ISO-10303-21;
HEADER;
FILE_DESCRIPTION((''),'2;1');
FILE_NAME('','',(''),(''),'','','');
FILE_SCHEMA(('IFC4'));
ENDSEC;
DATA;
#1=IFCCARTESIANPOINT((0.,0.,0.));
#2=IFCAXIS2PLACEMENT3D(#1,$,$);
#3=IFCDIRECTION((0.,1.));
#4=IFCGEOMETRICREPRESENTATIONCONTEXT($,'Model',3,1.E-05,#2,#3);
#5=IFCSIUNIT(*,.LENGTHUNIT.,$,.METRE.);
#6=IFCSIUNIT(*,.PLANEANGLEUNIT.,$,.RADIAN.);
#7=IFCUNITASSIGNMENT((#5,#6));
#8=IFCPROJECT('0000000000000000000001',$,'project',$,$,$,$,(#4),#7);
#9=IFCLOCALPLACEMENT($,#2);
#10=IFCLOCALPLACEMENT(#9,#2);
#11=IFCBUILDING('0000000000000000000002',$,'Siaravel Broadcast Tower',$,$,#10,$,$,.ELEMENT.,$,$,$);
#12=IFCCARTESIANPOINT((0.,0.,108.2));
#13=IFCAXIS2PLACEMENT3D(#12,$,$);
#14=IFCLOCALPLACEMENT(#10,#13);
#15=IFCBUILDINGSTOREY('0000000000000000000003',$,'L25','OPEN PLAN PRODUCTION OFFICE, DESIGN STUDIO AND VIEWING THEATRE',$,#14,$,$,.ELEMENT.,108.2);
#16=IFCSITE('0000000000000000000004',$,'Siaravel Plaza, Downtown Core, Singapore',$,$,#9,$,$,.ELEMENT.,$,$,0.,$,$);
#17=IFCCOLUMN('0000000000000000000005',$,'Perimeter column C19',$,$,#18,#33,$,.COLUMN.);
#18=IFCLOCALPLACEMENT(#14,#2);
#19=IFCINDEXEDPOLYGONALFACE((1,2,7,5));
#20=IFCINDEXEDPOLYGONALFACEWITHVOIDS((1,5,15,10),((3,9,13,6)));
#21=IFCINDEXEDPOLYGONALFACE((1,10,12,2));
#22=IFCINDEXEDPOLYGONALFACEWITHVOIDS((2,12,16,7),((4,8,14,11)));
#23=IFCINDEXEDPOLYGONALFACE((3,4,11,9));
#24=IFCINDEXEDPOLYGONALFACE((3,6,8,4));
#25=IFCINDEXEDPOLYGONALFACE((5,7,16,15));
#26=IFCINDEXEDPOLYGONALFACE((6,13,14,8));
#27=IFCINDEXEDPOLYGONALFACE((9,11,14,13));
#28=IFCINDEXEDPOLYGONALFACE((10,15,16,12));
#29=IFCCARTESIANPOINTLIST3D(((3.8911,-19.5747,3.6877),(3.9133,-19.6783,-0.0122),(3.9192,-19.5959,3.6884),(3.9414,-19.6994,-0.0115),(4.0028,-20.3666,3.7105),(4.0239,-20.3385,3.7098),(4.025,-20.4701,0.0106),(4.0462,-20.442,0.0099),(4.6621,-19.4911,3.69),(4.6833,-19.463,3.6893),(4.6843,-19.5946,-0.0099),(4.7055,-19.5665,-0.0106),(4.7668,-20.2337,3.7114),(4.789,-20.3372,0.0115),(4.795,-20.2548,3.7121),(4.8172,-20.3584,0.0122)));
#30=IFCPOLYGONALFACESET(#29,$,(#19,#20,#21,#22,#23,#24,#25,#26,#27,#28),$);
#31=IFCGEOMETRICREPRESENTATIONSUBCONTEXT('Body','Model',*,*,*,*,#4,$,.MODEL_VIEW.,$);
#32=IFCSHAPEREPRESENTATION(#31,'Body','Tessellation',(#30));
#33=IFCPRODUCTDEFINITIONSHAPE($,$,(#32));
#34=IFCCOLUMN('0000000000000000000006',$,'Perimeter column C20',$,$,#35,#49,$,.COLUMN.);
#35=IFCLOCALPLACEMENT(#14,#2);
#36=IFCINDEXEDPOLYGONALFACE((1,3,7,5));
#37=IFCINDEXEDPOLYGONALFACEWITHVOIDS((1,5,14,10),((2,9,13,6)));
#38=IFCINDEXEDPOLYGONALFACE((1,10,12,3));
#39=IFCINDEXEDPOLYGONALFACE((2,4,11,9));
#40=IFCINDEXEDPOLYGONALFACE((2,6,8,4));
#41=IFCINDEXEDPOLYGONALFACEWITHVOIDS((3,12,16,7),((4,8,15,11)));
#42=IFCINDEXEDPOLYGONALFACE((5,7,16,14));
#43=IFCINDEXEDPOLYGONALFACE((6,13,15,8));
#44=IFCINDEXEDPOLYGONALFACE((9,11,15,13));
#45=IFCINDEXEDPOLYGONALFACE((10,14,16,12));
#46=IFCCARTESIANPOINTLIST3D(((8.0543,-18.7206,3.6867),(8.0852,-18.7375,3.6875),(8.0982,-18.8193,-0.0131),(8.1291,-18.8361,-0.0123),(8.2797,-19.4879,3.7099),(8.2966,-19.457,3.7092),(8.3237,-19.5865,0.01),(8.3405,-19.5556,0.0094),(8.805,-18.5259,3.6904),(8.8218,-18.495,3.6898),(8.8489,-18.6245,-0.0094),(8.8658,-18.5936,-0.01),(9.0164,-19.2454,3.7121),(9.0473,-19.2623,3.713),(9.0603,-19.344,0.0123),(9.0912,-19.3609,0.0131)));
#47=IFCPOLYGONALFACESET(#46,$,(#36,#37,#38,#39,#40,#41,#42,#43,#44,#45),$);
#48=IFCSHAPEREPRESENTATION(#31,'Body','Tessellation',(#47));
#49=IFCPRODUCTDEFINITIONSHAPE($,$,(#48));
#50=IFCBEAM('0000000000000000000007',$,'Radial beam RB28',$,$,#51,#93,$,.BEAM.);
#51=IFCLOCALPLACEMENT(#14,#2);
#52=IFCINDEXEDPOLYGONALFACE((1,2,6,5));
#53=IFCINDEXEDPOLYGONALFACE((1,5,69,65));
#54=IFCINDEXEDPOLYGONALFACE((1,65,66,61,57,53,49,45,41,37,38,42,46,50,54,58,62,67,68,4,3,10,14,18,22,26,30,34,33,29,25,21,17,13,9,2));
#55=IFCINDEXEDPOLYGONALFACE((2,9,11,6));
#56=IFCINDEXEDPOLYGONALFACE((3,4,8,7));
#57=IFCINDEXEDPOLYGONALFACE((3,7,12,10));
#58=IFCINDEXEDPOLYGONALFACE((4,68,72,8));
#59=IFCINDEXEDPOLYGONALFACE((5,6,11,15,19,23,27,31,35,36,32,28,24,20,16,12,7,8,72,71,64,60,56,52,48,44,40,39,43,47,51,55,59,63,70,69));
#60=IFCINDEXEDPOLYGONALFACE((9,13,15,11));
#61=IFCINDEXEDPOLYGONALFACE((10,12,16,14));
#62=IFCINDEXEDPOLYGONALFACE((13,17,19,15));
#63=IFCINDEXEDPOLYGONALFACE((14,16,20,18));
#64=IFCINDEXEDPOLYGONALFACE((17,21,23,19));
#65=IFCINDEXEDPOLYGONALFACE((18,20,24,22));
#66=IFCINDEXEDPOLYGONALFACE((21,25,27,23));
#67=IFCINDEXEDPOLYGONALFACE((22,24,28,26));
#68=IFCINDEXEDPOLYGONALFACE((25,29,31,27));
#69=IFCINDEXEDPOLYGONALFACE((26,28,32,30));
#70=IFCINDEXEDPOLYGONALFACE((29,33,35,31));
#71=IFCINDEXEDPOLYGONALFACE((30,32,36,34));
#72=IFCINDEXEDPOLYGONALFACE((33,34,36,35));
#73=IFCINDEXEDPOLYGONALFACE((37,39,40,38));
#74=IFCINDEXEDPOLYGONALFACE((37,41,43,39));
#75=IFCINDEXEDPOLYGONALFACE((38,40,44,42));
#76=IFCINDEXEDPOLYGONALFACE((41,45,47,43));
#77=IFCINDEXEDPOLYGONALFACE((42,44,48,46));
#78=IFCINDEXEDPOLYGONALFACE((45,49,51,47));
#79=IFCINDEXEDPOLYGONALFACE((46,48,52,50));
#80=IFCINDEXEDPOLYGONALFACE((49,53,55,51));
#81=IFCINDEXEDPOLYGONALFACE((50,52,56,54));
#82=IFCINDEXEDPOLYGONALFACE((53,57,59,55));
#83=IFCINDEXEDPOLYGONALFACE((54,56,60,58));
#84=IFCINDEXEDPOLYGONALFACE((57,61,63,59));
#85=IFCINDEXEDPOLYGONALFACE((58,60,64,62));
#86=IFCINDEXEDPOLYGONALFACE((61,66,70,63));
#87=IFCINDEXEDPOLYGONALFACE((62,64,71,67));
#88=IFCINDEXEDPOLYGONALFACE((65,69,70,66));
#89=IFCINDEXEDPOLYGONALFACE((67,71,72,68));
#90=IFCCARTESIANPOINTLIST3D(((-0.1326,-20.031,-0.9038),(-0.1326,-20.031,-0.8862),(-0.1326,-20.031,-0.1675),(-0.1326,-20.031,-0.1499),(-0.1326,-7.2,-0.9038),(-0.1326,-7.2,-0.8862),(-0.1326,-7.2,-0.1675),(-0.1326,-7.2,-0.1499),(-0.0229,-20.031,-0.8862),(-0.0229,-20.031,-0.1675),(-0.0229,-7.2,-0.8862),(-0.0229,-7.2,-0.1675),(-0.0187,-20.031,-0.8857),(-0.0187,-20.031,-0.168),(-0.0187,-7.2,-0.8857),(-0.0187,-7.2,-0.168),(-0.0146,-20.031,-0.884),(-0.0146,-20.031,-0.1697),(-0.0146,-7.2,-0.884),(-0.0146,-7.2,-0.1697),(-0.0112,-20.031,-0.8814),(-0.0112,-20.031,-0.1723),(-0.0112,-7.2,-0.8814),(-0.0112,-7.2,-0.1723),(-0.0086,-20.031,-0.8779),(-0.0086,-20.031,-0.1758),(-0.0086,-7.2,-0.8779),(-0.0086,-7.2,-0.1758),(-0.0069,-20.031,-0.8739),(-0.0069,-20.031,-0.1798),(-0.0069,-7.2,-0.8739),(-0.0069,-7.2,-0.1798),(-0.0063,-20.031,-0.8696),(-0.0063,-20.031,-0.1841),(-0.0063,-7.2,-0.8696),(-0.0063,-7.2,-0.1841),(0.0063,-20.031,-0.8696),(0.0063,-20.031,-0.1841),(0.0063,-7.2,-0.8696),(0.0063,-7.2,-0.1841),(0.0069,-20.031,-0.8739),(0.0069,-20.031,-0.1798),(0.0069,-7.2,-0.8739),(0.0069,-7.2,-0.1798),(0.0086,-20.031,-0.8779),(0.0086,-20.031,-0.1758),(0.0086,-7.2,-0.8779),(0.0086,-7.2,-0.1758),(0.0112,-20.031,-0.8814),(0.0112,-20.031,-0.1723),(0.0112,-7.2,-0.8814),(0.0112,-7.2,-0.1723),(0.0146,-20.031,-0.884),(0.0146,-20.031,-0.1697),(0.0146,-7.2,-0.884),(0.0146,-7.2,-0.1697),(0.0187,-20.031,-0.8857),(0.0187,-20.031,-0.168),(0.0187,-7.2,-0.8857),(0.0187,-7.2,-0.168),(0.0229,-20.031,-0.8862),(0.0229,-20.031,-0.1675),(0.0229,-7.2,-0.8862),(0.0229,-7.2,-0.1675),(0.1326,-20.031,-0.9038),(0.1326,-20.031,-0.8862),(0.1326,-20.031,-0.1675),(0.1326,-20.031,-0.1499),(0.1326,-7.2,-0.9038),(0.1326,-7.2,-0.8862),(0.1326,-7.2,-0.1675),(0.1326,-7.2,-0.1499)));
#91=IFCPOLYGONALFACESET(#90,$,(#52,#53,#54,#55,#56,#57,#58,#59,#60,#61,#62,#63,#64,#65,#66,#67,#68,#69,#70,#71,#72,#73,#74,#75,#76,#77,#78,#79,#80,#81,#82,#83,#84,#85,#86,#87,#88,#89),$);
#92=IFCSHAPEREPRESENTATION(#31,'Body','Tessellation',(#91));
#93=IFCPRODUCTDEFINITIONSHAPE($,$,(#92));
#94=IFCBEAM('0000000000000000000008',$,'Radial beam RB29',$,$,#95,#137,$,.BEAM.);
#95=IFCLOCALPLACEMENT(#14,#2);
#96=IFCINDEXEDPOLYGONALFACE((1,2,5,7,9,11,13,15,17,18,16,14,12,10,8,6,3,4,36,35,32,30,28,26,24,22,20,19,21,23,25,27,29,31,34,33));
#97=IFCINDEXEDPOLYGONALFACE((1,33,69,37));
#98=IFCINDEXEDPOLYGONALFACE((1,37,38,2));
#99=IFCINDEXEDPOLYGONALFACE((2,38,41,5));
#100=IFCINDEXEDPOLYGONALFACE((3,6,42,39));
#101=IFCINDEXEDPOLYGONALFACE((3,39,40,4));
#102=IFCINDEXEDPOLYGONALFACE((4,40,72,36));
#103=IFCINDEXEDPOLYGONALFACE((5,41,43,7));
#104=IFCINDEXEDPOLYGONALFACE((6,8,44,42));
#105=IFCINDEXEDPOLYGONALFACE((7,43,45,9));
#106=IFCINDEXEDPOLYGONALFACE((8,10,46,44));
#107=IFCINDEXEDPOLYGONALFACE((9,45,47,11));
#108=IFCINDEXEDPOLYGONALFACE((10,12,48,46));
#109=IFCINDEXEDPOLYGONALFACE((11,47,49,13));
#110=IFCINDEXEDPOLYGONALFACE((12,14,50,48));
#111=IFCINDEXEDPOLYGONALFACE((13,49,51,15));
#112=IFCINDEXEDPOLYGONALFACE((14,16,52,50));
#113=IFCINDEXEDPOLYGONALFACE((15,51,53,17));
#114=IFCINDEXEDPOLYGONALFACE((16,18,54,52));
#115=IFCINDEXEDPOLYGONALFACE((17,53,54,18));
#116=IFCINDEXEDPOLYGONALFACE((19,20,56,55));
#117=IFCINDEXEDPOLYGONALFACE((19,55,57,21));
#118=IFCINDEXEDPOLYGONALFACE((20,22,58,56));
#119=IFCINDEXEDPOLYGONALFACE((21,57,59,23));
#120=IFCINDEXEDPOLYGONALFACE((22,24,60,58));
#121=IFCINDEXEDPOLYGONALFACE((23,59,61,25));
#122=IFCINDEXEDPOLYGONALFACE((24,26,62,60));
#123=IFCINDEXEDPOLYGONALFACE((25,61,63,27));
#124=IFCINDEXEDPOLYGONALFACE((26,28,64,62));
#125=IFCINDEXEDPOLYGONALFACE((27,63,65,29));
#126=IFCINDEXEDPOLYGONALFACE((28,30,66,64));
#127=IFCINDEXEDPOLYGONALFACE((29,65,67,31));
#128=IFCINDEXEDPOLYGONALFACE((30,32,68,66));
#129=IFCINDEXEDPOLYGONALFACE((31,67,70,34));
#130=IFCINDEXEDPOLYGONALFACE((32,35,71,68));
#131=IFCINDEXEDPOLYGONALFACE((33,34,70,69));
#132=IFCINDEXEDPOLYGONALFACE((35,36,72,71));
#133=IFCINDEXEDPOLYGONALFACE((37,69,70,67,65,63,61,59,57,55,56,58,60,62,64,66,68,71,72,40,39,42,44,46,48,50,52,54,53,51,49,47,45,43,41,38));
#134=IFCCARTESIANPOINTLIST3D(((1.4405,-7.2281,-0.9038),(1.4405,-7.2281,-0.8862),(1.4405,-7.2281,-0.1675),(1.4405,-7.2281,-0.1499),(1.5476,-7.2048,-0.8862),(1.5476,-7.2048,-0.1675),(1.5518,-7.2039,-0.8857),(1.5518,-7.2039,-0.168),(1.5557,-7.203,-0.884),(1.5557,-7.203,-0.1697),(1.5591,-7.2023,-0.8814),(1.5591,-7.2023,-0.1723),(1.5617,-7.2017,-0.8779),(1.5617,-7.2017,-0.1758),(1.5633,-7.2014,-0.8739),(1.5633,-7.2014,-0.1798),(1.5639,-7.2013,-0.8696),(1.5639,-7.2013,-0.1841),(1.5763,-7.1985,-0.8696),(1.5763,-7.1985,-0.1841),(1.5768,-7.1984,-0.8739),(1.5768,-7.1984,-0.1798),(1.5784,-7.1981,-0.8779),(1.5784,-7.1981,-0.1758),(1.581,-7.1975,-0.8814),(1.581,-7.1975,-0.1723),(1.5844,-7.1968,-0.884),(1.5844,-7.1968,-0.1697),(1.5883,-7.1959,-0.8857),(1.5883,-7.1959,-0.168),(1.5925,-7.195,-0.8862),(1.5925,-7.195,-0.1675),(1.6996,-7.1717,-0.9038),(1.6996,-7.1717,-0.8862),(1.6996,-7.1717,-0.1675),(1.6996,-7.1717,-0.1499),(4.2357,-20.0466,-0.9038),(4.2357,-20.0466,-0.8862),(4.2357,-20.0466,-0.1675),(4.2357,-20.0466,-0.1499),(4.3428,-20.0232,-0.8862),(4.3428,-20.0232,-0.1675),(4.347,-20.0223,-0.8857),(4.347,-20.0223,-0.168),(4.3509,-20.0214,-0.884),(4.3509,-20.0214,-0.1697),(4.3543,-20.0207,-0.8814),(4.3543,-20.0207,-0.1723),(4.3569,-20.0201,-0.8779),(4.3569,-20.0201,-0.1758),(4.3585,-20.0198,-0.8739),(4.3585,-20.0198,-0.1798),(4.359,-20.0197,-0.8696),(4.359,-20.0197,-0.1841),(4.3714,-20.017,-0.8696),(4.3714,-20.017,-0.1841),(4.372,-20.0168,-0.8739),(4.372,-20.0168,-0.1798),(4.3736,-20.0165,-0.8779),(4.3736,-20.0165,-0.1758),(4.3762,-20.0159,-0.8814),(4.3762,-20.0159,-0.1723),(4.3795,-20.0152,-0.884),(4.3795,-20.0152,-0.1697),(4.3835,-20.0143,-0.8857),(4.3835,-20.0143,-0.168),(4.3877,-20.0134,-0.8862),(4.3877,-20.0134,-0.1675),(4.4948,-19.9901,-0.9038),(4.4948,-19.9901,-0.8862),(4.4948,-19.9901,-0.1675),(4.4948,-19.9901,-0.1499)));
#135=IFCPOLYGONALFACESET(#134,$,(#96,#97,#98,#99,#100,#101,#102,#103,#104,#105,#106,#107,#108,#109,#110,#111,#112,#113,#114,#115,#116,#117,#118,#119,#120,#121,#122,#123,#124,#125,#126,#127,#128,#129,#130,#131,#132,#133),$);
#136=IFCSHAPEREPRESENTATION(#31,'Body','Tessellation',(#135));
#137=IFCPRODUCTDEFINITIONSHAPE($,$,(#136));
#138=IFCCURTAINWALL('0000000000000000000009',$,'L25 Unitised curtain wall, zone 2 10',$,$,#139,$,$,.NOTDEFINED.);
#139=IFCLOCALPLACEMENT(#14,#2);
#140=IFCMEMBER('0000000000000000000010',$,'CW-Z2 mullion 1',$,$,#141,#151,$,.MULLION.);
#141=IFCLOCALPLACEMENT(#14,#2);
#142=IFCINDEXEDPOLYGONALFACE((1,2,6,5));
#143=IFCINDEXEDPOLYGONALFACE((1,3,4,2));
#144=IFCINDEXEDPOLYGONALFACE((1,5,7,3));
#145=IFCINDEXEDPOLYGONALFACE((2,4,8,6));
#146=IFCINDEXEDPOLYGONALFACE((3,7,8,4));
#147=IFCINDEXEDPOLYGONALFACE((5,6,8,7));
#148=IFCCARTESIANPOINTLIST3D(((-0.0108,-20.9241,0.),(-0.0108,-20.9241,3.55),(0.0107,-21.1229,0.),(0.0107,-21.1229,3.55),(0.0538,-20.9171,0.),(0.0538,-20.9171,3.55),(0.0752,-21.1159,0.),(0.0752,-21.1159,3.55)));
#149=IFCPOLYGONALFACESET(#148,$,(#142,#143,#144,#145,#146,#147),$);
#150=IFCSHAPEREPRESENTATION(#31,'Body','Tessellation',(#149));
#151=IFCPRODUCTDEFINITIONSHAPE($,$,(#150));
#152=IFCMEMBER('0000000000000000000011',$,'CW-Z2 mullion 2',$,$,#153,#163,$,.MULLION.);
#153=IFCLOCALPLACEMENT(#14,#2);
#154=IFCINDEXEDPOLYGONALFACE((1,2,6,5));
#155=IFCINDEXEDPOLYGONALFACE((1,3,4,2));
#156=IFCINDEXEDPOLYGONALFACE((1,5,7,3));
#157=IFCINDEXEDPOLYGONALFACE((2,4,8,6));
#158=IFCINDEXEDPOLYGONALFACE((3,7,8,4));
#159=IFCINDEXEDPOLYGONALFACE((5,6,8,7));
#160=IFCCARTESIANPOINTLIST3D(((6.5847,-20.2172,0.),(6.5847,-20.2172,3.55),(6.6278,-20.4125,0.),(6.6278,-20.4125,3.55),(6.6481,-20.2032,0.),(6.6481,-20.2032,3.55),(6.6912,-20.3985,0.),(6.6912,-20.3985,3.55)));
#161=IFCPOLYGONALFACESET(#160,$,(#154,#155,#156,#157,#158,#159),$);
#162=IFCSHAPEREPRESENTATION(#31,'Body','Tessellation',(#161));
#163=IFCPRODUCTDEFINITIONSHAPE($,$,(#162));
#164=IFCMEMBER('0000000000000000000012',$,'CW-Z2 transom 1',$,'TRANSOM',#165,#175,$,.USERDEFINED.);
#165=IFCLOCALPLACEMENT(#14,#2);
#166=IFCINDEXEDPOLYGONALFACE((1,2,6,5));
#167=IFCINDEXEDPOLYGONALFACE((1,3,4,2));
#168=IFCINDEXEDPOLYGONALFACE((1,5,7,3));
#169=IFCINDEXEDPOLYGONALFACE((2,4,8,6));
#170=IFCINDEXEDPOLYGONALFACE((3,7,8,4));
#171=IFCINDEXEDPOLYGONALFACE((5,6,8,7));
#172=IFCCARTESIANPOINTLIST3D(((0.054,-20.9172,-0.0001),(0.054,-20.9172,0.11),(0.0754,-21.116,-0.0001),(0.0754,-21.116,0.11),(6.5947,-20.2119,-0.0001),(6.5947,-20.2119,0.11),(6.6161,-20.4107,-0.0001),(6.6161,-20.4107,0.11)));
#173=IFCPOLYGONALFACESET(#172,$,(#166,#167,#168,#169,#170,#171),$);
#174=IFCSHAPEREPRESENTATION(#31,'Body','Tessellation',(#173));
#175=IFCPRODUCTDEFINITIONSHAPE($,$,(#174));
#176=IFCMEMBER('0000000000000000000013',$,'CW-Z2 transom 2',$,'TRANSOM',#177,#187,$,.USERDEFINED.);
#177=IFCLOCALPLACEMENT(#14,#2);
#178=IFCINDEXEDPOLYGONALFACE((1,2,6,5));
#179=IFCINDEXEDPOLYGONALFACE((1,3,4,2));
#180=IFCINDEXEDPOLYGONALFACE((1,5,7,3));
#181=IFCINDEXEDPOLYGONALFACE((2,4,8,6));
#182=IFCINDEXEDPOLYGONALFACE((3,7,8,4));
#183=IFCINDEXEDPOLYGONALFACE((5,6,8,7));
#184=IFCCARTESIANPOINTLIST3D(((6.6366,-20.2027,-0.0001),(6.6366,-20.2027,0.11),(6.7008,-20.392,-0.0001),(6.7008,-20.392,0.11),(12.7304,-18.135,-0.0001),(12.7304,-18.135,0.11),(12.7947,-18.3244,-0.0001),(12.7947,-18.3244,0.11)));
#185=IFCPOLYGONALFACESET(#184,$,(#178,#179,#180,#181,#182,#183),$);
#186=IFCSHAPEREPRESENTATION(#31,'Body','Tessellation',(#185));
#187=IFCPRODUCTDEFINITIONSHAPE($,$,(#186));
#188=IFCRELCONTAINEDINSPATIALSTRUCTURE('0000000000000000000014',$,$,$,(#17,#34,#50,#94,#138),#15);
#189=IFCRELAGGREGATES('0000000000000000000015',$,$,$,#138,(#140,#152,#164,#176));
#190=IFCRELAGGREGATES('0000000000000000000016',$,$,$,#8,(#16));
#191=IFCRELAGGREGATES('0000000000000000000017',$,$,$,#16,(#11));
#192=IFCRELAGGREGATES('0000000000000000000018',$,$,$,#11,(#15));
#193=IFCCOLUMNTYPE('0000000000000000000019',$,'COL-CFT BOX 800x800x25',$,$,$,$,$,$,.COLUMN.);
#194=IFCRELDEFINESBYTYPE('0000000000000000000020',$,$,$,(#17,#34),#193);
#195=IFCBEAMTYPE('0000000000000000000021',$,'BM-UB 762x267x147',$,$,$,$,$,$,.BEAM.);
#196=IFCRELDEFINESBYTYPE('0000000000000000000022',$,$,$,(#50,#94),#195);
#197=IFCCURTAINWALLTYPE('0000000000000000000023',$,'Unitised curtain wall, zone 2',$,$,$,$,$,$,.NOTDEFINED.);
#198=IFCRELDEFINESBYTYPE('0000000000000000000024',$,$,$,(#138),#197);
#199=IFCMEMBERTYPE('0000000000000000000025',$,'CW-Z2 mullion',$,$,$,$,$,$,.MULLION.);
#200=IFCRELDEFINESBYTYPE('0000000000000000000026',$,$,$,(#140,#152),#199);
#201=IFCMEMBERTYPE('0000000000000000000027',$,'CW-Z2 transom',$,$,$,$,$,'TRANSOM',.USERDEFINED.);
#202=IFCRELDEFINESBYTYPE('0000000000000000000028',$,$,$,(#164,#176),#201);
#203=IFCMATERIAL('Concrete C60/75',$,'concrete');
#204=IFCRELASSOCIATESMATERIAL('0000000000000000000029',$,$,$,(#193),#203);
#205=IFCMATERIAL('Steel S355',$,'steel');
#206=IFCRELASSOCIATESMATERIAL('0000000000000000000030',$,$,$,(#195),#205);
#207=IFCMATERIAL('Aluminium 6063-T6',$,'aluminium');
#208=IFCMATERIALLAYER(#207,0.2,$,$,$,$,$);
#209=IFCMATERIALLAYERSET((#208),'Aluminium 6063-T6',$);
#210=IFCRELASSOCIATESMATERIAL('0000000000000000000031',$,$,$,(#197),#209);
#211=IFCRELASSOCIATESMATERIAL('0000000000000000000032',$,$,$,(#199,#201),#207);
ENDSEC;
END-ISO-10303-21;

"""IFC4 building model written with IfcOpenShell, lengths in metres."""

from ifc_helpers import new_model, si_unit, direction, frame, origin, origin_2d, place, context, subcontext, project, spatial, rectangle, hollow_rectangle, i_section, extrude, material, layer, layer_set, material_profile, profile_set, type_object, element, aggregate, save


model = new_model("IFC4")

# Units and contexts
model_context = context("Model", 3, precision=1e-05, world=origin(), true_north=direction((0.0, 1.0)))
body_context = subcontext(model_context, "Body", "Model", "MODEL_VIEW")
ifc_project = project(units=[si_unit("LENGTHUNIT", "METRE"), si_unit("PLANEANGLEUNIT", "RADIAN")], contexts=[model_context])

# Site, building, storey
site_placement = place(None, origin())
site = spatial("IfcSite", under=ifc_project, at=site_placement, Name="Siaravel Plaza, Downtown Core, Singapore", CompositionType="ELEMENT", RefElevation=0.0)
building_placement = place(site_placement, origin())
building = spatial("IfcBuilding", under=site, at=building_placement, Name="Siaravel Broadcast Tower", CompositionType="ELEMENT")
storey_placement = place(building_placement, frame((0.0, 0.0, 108.2)))
storey = spatial("IfcBuildingStorey", under=building, at=storey_placement, Name="L25", Description="OPEN PLAN PRODUCTION OFFICE, DESIGN STUDIO AND VIEWING THEATRE", CompositionType="ELEMENT", Elevation=108.2)

# Columns
ifc_material_1 = material(Name="Concrete C60/75", Category="concrete")
ifc_material_profile_1 = material_profile(ifc_material_1, hollow_rectangle(XDim=0.8, YDim=0.8, WallThickness=0.0249, at=origin_2d()))
ifc_profile_set_1 = profile_set([ifc_material_profile_1], Name="Concrete C60/75")
column_type = type_object("IfcColumnType", Name="COL-CFT BOX 800x800x25", PredefinedType="COLUMN", material=ifc_profile_set_1)
for number, where, z_axis, x_axis, name in (
    (1, (4.3652, -20.0183, 0.0), (-0.006002, 0.027966, 0.999591), (-0.990188, -0.139724, -0.002037), "Perimeter column C19"),
    (2, (8.5947, -19.0901, 0.0), (-0.011872, 0.026647, 0.999574), (-0.959399, -0.282026, -0.003877), "Perimeter column C20"),
):
    element("IfcColumn", number, at=place(storey_placement, frame(where, z_axis=z_axis, x_axis=x_axis)), inside=storey, type_object=column_type, Name=name, PredefinedType="COLUMN", context=body_context, shape_type="SweptSolid", body=[
        extrude(hollow_rectangle(XDim=0.8, YDim=0.8, WallThickness=0.0249, at=origin_2d()), origin(), (0.0, 0.0, 1.0), 3.7014),
    ])

# Beams
ifc_material_2 = material(Name="Steel S355", Category="steel")
ifc_material_profile_2 = material_profile(ifc_material_2, i_section(OverallWidth=0.2651, OverallDepth=0.7539, WebThickness=0.0127, FlangeThickness=0.0176, FilletRadius=0.0166, at=origin_2d()))
ifc_profile_set_2 = profile_set([ifc_material_profile_2], Name="Steel S355")
beam_type = type_object("IfcBeamType", Name="BM-UB 762x267x147", PredefinedType="BEAM", material=ifc_profile_set_2)
beam_1_placement = place(storey_placement, frame((0.0, -20.031, -0.5269), z_axis=(0.0, 1.0, 0.0), x_axis=(-1.0, 0.0, 0.0)))
element("IfcBeam", 3, at=beam_1_placement, inside=storey, type_object=beam_type, Name="Radial beam RB28", PredefinedType="BEAM", context=body_context, shape_type="SweptSolid", body=[
    extrude(i_section(OverallWidth=0.2651, OverallDepth=0.7539, WebThickness=0.0127, FlangeThickness=0.0176, FilletRadius=0.0166, at=origin_2d()), origin(), (0.0, 0.0, 1.0), 12.8311),
])
beam_2_placement = place(storey_placement, frame((4.3652, -20.0183, -0.5269), z_axis=(-0.213053, 0.977041, 0.0), x_axis=(-0.977041, -0.213053, 0.0)))
element("IfcBeam", 4, at=beam_2_placement, inside=storey, type_object=beam_type, Name="Radial beam RB29", PredefinedType="BEAM", context=body_context, shape_type="SweptSolid", body=[
    extrude(i_section(OverallWidth=0.2651, OverallDepth=0.7539, WebThickness=0.0127, FlangeThickness=0.0176, FilletRadius=0.0166, at=origin_2d()), origin(), (0.0, 0.0, 1.0), 13.1196),
])

# Curtain wall, members
ifc_material_3 = material(Name="Aluminium 6063-T6", Category="aluminium")
ifc_layer_1 = layer(ifc_material_3, 0.2)
ifc_layer_set_1 = layer_set([ifc_layer_1], Name="Aluminium 6063-T6")
curtain_wall_type = type_object("IfcCurtainWallType", Name="Unitised curtain wall, zone 2", PredefinedType="NOTDEFINED", material=ifc_layer_set_1)
curtain_wall_placement = place(storey_placement, origin())
curtain_wall = element("IfcCurtainWall", 5, at=curtain_wall_placement, inside=storey, type_object=curtain_wall_type, Name="L25 Unitised curtain wall, zone 2 10", PredefinedType="NOTDEFINED")
ifc_material_profile_3 = material_profile(ifc_material_3, rectangle(XDim=0.2, YDim=0.0649, at=origin_2d()))
ifc_profile_set_3 = profile_set([ifc_material_profile_3], Name="Aluminium 6063-T6")
member_type_1 = type_object("IfcMemberType", Name="CW-Z2 mullion", PredefinedType="MULLION", material=ifc_profile_set_3)
member_1_placement = place(storey_placement, frame((0.0322, -21.02, 0.0), z_axis=(0.0, 0.0, 1.0), x_axis=(-0.107217, 0.994236, 0.0)))
member_1 = element("IfcMember", 6, at=member_1_placement, type_object=member_type_1, Name="CW-Z2 mullion 1", PredefinedType="MULLION", context=body_context, shape_type="SweptSolid", body=[
    extrude(rectangle(XDim=0.2, YDim=0.0649, at=origin_2d()), origin(), (0.0, 0.0, 1.0), 3.55),
])
member_2_placement = place(storey_placement, frame((6.6379, -20.3079, 0.0), z_axis=(0.0, 0.0, 1.0), x_axis=(-0.215558, 0.976491, 0.0)))
member_2 = element("IfcMember", 7, at=member_2_placement, type_object=member_type_1, Name="CW-Z2 mullion 2", PredefinedType="MULLION", context=body_context, shape_type="SweptSolid", body=[
    extrude(rectangle(XDim=0.2, YDim=0.0649, at=origin_2d()), origin(), (0.0, 0.0, 1.0), 3.55),
])
ifc_material_profile_4 = material_profile(ifc_material_3, rectangle(XDim=0.2, YDim=0.1101, at=origin_2d()))
ifc_profile_set_4 = profile_set([ifc_material_profile_4], Name="Aluminium 6063-T6")
member_type_2 = type_object("IfcMemberType", Name="CW-Z2 transom", ElementType="TRANSOM", PredefinedType="USERDEFINED", material=ifc_profile_set_4)
member_3_placement = place(storey_placement, frame((0.0647, -21.0166, 0.0549), z_axis=(0.994236, 0.107213, 0.0), x_axis=(-0.107213, 0.994236, 0.0)))
member_3 = element("IfcMember", 8, at=member_3_placement, type_object=member_type_2, Name="CW-Z2 transom 1", ObjectType="TRANSOM", PredefinedType="USERDEFINED", context=body_context, shape_type="SweptSolid", body=[
    extrude(rectangle(XDim=0.2, YDim=0.1101, at=origin_2d()), origin(), (0.0, 0.0, 1.0), 6.5786),
])
member_4_placement = place(storey_placement, frame((6.6687, -20.2974, 0.0549), z_axis=(0.946974, 0.321311, 0.0), x_axis=(-0.321311, 0.946974, 0.0)))
member_4 = element("IfcMember", 9, at=member_4_placement, type_object=member_type_2, Name="CW-Z2 transom 2", ObjectType="TRANSOM", PredefinedType="USERDEFINED", context=body_context, shape_type="SweptSolid", body=[
    extrude(rectangle(XDim=0.2, YDim=0.1101, at=origin_2d()), origin(), (0.0, 0.0, 1.0), 6.4351),
])

aggregate(curtain_wall, [member_1, member_2, member_3, member_4])

save(model, "model.ifc")
